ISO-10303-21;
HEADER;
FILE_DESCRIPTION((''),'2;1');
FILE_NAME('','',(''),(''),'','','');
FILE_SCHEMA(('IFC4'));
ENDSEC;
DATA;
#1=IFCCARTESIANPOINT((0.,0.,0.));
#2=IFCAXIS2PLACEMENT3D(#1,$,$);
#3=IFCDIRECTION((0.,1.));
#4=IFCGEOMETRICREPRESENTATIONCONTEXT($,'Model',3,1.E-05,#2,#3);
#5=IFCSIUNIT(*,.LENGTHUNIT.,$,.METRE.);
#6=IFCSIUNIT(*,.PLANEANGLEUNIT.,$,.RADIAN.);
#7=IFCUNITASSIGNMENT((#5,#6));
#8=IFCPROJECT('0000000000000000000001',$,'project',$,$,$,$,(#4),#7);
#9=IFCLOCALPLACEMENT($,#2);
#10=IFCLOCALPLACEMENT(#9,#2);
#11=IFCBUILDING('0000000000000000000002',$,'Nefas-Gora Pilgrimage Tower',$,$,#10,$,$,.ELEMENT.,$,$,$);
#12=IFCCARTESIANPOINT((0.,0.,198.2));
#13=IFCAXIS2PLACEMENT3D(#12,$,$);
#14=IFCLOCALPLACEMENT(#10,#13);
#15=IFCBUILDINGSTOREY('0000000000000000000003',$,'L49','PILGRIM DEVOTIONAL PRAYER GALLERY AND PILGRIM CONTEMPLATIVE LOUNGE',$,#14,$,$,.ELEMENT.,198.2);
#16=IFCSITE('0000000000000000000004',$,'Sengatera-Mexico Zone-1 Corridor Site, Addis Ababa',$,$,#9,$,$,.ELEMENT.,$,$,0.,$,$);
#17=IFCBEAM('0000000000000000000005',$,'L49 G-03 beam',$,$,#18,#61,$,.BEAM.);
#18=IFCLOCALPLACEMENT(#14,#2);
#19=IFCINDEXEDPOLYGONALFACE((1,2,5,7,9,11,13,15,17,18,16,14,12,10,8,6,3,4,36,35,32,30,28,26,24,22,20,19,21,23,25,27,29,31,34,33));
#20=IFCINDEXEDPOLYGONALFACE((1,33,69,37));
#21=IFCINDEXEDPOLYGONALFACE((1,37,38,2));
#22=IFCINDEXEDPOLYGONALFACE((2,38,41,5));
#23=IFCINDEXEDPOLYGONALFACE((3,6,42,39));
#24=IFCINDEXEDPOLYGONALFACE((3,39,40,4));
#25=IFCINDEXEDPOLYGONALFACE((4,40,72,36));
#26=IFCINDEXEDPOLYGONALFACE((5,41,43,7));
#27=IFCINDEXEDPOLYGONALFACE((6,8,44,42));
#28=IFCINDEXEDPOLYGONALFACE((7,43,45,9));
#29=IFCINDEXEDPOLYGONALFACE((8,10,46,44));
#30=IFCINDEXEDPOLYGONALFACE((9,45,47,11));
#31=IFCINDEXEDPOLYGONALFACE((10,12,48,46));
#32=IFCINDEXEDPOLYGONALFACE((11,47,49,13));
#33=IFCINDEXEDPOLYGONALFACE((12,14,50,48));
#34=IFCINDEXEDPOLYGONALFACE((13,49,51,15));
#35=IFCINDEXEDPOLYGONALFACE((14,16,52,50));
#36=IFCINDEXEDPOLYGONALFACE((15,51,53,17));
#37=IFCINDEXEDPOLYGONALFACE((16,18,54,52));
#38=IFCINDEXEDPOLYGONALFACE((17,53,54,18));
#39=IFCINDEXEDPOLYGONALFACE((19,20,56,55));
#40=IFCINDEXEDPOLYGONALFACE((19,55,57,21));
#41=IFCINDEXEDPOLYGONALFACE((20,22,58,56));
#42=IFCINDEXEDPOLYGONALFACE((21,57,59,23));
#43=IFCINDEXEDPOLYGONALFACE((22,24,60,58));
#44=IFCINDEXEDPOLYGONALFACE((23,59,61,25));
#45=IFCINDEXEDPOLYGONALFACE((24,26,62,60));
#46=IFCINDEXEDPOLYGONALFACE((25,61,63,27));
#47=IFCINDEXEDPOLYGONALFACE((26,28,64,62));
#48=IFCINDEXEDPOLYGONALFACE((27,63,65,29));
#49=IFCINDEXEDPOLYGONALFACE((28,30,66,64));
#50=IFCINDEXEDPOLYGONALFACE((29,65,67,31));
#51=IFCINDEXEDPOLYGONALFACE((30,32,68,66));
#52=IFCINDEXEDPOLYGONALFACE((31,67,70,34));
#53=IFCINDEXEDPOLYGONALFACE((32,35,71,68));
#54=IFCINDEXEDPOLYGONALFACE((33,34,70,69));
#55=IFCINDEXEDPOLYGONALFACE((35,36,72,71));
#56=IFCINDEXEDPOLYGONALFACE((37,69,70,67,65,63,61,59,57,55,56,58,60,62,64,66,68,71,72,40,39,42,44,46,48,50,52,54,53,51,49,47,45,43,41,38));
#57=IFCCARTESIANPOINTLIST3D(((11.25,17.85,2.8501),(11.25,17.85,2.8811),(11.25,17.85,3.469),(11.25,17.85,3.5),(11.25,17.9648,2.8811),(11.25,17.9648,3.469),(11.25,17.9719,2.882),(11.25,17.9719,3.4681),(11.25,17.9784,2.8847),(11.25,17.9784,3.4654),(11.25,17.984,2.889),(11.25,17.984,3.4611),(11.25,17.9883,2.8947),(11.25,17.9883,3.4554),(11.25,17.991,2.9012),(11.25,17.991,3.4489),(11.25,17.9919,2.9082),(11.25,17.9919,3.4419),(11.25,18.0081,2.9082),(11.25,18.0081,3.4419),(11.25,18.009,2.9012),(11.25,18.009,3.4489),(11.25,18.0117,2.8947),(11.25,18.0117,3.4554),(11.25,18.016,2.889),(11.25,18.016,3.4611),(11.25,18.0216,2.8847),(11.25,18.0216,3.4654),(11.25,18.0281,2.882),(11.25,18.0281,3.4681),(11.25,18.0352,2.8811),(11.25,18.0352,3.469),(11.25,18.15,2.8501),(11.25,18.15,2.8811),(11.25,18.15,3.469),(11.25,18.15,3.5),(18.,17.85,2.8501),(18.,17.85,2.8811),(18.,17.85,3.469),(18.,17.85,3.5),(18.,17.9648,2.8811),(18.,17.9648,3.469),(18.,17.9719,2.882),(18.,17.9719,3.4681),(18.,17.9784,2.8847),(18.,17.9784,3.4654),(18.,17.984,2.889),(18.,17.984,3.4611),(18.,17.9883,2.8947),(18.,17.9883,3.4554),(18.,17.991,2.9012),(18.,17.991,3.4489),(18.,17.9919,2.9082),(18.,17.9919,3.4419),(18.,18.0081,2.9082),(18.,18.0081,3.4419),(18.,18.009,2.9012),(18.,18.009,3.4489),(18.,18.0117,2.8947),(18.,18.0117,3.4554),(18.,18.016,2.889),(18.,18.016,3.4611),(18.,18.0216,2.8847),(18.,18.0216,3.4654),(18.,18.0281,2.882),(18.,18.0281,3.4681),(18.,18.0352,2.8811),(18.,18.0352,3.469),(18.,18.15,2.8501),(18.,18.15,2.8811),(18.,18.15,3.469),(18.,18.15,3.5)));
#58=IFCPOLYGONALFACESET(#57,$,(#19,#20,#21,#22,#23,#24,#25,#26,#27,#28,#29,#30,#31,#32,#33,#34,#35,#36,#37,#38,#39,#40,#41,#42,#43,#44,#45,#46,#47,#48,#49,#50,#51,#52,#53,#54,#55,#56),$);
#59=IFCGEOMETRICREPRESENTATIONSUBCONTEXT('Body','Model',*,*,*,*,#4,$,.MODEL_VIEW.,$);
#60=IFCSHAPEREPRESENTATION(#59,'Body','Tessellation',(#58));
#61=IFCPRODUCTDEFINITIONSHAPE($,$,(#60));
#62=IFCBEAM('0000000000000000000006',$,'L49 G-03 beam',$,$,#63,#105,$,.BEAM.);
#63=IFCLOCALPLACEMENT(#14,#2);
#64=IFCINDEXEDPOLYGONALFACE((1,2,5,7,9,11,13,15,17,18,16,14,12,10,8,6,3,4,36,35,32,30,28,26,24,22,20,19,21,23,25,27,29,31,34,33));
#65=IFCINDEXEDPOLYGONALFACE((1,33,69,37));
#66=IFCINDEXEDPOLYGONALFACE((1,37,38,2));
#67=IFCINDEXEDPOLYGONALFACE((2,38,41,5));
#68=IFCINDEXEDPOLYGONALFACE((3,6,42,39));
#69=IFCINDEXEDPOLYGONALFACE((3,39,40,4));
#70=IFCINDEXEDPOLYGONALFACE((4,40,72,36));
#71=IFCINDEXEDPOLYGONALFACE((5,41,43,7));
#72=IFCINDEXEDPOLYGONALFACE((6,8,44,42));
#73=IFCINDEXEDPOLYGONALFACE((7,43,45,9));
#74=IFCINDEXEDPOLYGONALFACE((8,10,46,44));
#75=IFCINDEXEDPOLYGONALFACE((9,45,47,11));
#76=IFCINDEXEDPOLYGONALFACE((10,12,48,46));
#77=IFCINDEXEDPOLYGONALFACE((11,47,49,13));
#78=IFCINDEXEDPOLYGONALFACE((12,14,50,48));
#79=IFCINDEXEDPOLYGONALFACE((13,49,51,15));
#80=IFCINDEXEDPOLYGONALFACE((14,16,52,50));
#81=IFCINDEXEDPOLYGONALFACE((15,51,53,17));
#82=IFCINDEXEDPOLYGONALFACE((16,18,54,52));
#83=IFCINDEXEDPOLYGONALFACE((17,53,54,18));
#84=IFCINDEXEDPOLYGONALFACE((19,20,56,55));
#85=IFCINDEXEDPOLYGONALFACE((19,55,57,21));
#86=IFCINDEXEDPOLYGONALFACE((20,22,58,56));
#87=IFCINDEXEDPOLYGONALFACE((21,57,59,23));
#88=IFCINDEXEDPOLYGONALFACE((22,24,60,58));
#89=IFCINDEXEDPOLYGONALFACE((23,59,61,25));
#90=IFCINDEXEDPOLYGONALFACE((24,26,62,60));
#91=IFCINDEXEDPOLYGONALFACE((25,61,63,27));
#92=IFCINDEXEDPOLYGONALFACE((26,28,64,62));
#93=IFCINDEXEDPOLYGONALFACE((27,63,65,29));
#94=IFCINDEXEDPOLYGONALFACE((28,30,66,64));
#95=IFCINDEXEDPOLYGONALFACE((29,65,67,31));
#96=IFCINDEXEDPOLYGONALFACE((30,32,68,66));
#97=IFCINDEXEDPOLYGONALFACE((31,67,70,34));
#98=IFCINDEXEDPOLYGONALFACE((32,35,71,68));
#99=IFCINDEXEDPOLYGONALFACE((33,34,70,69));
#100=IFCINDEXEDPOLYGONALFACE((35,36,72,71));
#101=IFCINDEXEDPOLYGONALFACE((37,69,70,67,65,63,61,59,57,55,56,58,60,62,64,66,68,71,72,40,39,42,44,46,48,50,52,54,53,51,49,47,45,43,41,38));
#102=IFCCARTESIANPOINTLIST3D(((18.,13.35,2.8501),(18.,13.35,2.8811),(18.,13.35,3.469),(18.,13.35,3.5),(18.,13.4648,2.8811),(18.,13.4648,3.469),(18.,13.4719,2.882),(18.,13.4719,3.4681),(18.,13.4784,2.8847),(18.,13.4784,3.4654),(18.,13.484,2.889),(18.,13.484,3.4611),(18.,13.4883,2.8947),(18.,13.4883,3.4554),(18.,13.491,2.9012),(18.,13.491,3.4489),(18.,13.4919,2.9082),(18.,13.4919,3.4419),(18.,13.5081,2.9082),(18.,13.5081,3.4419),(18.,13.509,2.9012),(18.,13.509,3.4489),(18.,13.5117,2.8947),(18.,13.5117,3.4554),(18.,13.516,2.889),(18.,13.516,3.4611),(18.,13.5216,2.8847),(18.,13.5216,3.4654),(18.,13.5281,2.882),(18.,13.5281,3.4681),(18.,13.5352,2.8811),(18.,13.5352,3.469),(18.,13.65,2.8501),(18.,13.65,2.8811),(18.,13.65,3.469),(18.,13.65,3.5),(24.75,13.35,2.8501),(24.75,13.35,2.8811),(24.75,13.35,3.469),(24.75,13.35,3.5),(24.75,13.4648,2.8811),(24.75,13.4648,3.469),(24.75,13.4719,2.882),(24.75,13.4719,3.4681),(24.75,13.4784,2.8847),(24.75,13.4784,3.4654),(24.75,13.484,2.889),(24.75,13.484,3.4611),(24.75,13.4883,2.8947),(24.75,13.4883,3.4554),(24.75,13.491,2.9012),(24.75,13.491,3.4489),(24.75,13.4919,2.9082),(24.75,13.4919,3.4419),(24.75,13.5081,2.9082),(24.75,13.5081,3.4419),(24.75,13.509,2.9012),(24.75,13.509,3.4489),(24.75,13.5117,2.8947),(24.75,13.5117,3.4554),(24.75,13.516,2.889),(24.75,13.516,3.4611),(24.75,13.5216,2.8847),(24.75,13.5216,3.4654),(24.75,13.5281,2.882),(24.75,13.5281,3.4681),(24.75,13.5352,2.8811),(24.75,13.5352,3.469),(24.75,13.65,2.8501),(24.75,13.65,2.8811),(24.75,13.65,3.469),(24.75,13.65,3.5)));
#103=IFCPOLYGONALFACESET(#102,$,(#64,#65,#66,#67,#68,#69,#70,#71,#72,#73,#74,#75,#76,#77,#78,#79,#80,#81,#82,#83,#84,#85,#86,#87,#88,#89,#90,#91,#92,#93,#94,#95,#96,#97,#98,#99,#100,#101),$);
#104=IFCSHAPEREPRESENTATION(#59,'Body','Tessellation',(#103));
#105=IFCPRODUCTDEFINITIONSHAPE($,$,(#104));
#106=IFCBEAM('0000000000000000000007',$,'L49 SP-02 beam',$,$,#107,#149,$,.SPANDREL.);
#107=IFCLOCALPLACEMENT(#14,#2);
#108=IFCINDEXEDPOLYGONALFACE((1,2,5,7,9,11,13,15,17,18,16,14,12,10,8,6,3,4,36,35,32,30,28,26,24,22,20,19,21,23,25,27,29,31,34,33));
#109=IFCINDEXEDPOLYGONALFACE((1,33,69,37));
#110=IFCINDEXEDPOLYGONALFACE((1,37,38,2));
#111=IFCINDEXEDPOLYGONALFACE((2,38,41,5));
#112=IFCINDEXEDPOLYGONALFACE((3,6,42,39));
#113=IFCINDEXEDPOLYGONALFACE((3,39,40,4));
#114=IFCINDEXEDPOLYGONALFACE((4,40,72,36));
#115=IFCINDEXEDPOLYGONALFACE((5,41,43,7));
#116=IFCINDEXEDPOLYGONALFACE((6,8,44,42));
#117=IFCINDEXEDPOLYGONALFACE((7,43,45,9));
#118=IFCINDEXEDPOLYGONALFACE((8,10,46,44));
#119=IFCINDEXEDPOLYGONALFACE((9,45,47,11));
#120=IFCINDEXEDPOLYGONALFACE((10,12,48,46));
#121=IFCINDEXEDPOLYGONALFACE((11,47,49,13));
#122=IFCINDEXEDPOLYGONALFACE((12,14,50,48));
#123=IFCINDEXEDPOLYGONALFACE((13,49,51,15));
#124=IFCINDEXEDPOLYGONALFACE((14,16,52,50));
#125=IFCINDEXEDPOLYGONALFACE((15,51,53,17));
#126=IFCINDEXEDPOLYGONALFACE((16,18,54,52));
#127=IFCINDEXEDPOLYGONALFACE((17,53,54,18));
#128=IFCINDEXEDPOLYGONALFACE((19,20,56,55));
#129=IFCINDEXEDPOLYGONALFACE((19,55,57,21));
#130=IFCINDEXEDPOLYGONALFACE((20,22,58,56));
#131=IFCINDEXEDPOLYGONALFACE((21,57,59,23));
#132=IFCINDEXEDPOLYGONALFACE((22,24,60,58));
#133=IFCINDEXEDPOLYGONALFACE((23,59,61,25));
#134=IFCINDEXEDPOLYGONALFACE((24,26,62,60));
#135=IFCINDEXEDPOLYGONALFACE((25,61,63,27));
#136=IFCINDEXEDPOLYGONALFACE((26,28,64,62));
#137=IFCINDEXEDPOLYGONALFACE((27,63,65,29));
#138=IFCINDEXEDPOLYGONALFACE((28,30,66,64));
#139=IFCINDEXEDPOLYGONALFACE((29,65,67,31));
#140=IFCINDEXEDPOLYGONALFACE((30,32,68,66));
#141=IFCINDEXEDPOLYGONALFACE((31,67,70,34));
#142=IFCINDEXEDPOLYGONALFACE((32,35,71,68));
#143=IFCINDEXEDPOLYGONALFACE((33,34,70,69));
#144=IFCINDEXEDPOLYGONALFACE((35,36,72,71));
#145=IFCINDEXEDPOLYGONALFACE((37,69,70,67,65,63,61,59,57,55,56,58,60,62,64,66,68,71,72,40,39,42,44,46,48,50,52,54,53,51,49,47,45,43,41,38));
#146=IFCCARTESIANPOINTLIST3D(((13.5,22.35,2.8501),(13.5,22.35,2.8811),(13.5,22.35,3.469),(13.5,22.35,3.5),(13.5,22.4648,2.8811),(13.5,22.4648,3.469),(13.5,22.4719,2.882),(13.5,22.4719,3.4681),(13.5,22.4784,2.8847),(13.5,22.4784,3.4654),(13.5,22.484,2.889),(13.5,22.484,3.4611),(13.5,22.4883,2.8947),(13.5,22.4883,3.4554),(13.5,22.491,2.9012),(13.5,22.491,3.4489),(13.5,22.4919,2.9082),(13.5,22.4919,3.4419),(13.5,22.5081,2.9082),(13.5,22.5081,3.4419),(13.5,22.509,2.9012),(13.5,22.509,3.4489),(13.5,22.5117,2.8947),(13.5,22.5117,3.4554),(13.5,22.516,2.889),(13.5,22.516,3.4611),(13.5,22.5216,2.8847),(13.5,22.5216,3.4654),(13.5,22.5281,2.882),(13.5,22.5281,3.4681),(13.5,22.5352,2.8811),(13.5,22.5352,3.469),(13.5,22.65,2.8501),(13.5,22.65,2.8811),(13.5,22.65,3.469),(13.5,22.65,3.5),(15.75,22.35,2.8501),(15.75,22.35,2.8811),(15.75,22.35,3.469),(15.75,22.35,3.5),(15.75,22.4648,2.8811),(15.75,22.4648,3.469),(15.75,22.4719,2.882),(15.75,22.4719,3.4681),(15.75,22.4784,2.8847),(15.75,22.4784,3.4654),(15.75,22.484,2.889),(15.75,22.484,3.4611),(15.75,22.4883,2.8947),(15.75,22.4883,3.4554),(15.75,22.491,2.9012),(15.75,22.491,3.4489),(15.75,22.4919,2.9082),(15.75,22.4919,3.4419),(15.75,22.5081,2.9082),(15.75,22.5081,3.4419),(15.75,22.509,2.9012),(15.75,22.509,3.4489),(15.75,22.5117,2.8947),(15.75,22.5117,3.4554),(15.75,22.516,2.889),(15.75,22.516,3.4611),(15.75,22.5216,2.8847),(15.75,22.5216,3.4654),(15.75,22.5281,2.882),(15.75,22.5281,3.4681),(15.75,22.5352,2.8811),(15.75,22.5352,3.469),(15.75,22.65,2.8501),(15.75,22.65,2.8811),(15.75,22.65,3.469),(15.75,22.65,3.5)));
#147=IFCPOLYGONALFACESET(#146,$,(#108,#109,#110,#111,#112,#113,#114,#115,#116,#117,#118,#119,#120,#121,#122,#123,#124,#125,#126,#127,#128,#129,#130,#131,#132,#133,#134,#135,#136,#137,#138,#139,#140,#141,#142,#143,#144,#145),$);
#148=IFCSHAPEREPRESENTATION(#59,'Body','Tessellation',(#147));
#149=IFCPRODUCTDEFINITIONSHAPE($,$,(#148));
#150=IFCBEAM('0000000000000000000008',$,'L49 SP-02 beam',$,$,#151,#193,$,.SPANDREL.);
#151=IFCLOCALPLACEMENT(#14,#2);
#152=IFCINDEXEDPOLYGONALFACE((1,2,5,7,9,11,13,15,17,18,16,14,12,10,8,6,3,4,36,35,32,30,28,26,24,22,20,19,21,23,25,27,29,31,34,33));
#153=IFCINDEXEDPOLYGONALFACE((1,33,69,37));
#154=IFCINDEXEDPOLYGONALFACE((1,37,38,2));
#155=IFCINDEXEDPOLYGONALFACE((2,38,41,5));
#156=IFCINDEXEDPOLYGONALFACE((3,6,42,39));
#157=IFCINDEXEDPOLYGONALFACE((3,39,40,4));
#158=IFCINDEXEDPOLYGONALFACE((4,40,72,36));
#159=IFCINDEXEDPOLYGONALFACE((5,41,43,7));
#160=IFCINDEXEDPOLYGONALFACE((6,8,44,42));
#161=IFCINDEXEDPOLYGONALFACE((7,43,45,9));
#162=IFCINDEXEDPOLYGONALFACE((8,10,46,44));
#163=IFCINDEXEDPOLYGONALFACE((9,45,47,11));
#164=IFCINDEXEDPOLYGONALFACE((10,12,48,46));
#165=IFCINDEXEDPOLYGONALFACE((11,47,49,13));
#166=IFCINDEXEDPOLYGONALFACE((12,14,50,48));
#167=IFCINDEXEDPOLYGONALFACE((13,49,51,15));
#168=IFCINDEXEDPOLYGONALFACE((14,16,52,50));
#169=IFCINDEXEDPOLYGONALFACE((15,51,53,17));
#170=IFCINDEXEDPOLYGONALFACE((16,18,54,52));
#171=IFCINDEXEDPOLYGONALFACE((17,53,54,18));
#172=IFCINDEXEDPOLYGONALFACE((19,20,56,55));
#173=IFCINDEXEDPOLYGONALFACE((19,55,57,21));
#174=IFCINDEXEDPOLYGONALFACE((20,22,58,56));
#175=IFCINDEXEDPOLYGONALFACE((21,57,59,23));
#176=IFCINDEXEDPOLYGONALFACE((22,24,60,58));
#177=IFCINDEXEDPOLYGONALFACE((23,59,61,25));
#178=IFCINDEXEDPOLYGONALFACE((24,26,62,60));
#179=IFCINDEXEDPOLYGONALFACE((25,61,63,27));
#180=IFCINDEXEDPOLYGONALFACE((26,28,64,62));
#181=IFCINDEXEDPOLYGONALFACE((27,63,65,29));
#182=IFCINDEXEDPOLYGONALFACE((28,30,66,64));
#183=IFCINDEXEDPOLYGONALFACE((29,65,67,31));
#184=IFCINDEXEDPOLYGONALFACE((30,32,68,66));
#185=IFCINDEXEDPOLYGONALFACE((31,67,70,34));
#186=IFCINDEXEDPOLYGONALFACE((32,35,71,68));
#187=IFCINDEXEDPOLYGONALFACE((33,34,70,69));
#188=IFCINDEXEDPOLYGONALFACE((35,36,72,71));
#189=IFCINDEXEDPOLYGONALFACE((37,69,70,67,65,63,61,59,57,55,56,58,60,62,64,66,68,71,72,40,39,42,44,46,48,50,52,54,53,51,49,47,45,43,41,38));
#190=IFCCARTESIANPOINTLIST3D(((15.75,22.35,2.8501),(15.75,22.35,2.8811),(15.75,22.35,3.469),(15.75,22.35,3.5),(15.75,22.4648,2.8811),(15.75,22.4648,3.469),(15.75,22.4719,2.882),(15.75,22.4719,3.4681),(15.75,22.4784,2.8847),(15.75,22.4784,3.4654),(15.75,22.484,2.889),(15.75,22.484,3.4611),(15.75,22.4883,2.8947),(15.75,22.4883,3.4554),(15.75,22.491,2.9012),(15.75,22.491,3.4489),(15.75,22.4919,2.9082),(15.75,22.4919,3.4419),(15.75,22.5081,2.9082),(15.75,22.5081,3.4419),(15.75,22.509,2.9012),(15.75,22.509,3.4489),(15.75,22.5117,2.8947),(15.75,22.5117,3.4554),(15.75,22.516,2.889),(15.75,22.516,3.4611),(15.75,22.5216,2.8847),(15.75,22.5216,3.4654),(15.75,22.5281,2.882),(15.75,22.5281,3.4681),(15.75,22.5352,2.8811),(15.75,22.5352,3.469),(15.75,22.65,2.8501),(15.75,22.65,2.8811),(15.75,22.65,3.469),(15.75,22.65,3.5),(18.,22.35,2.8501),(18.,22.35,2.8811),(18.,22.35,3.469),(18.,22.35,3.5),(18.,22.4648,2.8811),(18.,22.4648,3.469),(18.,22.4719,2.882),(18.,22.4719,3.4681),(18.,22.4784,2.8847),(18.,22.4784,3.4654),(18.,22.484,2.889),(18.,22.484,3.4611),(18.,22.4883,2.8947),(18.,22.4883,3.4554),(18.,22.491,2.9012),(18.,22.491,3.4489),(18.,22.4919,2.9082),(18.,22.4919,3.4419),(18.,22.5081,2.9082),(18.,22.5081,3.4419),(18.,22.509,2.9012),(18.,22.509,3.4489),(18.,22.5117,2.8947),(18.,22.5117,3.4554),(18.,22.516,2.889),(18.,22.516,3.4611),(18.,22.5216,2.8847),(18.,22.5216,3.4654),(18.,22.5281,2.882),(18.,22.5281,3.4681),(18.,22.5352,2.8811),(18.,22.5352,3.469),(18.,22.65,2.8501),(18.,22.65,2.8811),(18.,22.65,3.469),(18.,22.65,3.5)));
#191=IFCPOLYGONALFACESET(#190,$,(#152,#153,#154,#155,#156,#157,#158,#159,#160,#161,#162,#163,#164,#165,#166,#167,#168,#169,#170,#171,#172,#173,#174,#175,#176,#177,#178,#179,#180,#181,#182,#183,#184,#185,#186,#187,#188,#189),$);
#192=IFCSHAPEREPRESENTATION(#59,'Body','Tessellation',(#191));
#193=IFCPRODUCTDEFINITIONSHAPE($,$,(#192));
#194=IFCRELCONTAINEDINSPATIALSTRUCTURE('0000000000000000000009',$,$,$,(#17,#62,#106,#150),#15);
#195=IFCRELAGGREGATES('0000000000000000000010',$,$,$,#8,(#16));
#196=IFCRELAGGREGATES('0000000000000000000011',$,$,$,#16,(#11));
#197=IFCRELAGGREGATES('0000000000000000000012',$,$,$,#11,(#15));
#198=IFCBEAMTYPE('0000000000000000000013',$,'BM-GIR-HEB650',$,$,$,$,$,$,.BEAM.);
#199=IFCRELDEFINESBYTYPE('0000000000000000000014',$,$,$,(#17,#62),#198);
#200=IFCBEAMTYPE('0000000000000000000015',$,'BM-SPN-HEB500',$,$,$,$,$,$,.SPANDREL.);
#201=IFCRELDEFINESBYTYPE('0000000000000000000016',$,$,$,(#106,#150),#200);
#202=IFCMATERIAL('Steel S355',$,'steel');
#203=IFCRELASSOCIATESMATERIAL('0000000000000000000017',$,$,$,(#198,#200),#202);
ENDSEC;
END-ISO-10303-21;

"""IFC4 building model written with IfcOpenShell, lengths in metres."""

from ifc_helpers import new_model, si_unit, direction, frame, origin, origin_2d, place, context, subcontext, project, spatial, i_section, extrude, source, transform, mapped, material, material_profile, profile_set, type_object, element, save


model = new_model("IFC4")

# Units and contexts
model_context = context("Model", 3, precision=1e-05, world=origin(), true_north=direction((0.0, 1.0)))
body_context = subcontext(model_context, "Body", "Model", "MODEL_VIEW")
ifc_project = project(units=[si_unit("LENGTHUNIT", "METRE"), si_unit("PLANEANGLEUNIT", "RADIAN")], contexts=[model_context])

# Site, building, storey
site_placement = place(None, origin())
site = spatial("IfcSite", under=ifc_project, at=site_placement, Name="Sengatera-Mexico Zone-1 Corridor Site, Addis Ababa", CompositionType="ELEMENT", RefElevation=0.0)
building_placement = place(site_placement, origin())
building = spatial("IfcBuilding", under=site, at=building_placement, Name="Nefas-Gora Pilgrimage Tower", CompositionType="ELEMENT")
storey_placement = place(building_placement, frame((0.0, 0.0, 198.2)))
storey = spatial("IfcBuildingStorey", under=building, at=storey_placement, Name="L49", Description="PILGRIM DEVOTIONAL PRAYER GALLERY AND PILGRIM CONTEMPLATIVE LOUNGE", CompositionType="ELEMENT", Elevation=198.2)

# Beams
ifc_material_1 = material(Name="Steel S355", Category="steel")
ifc_material_profile_1 = material_profile(ifc_material_1, i_section(OverallWidth=0.3, OverallDepth=0.6499, WebThickness=0.0161, FlangeThickness=0.031, FilletRadius=0.0271, at=origin_2d()), Name="HEB 650")
ifc_profile_set_1 = profile_set([ifc_material_profile_1], Name="Steel S355")
beam_type_1 = type_object("IfcBeamType", Name="BM-GIR-HEB650", PredefinedType="BEAM", material=ifc_profile_set_1)
shared_shape_1 = source(origin(), body_context, "Body", "SweptSolid", [
    extrude(i_section(OverallWidth=0.3, OverallDepth=0.6499, WebThickness=0.0161, FlangeThickness=0.031, FilletRadius=0.0271, at=origin_2d()), origin(), (0.0, 0.0, 1.0), 6.75),
])
for number, where, z_axis, x_axis, name in (
    (1, (11.25, 18.0, 3.175), (1.0, 0.0, 0.0), (0.0, 1.0, 0.0), "L49 G-03 beam"),
    (2, (18.0, 13.5, 3.175), (1.0, 0.0, 0.0), (0.0, 1.0, 0.0), "L49 G-03 beam"),
):
    element("IfcBeam", number, at=place(storey_placement, frame(where, z_axis=z_axis, x_axis=x_axis)), inside=storey, type_object=beam_type_1, Name=name, PredefinedType="BEAM", context=body_context, shape_type="MappedRepresentation", body=[
        mapped(shared_shape_1, transform((0.0, 0.0, 0.0), x_axis=(1.0, 0.0, 0.0), y_axis=(0.0, 1.0, 0.0), z_axis=(0.0, 0.0, 1.0), scale=1.0)),
    ])
ifc_material_profile_2 = material_profile(ifc_material_1, i_section(OverallWidth=0.3, OverallDepth=0.6499, WebThickness=0.0161, FlangeThickness=0.031, FilletRadius=0.0271, at=origin_2d()), Name="HEB 650")
ifc_profile_set_2 = profile_set([ifc_material_profile_2], Name="Steel S355")
beam_type_2 = type_object("IfcBeamType", Name="BM-SPN-HEB500", PredefinedType="SPANDREL", material=ifc_profile_set_2)
shared_shape_2 = source(origin(), body_context, "Body", "SweptSolid", [
    extrude(i_section(OverallWidth=0.3, OverallDepth=0.6499, WebThickness=0.0161, FlangeThickness=0.031, FilletRadius=0.0271, at=origin_2d()), origin(), (0.0, 0.0, 1.0), 2.25),
])
for number, where, z_axis, x_axis, name in (
    (3, (13.5, 22.5, 3.175), (1.0, 0.0, 0.0), (0.0, 1.0, 0.0), "L49 SP-02 beam"),
    (4, (15.75, 22.5, 3.175), (1.0, 0.0, 0.0), (0.0, 1.0, 0.0), "L49 SP-02 beam"),
):
    element("IfcBeam", number, at=place(storey_placement, frame(where, z_axis=z_axis, x_axis=x_axis)), inside=storey, type_object=beam_type_2, Name=name, PredefinedType="SPANDREL", context=body_context, shape_type="MappedRepresentation", body=[
        mapped(shared_shape_2, transform((0.0, 0.0, 0.0), x_axis=(1.0, 0.0, 0.0), y_axis=(0.0, 1.0, 0.0), z_axis=(0.0, 0.0, 1.0), scale=1.0)),
    ])

save(model, "model.ifc")
